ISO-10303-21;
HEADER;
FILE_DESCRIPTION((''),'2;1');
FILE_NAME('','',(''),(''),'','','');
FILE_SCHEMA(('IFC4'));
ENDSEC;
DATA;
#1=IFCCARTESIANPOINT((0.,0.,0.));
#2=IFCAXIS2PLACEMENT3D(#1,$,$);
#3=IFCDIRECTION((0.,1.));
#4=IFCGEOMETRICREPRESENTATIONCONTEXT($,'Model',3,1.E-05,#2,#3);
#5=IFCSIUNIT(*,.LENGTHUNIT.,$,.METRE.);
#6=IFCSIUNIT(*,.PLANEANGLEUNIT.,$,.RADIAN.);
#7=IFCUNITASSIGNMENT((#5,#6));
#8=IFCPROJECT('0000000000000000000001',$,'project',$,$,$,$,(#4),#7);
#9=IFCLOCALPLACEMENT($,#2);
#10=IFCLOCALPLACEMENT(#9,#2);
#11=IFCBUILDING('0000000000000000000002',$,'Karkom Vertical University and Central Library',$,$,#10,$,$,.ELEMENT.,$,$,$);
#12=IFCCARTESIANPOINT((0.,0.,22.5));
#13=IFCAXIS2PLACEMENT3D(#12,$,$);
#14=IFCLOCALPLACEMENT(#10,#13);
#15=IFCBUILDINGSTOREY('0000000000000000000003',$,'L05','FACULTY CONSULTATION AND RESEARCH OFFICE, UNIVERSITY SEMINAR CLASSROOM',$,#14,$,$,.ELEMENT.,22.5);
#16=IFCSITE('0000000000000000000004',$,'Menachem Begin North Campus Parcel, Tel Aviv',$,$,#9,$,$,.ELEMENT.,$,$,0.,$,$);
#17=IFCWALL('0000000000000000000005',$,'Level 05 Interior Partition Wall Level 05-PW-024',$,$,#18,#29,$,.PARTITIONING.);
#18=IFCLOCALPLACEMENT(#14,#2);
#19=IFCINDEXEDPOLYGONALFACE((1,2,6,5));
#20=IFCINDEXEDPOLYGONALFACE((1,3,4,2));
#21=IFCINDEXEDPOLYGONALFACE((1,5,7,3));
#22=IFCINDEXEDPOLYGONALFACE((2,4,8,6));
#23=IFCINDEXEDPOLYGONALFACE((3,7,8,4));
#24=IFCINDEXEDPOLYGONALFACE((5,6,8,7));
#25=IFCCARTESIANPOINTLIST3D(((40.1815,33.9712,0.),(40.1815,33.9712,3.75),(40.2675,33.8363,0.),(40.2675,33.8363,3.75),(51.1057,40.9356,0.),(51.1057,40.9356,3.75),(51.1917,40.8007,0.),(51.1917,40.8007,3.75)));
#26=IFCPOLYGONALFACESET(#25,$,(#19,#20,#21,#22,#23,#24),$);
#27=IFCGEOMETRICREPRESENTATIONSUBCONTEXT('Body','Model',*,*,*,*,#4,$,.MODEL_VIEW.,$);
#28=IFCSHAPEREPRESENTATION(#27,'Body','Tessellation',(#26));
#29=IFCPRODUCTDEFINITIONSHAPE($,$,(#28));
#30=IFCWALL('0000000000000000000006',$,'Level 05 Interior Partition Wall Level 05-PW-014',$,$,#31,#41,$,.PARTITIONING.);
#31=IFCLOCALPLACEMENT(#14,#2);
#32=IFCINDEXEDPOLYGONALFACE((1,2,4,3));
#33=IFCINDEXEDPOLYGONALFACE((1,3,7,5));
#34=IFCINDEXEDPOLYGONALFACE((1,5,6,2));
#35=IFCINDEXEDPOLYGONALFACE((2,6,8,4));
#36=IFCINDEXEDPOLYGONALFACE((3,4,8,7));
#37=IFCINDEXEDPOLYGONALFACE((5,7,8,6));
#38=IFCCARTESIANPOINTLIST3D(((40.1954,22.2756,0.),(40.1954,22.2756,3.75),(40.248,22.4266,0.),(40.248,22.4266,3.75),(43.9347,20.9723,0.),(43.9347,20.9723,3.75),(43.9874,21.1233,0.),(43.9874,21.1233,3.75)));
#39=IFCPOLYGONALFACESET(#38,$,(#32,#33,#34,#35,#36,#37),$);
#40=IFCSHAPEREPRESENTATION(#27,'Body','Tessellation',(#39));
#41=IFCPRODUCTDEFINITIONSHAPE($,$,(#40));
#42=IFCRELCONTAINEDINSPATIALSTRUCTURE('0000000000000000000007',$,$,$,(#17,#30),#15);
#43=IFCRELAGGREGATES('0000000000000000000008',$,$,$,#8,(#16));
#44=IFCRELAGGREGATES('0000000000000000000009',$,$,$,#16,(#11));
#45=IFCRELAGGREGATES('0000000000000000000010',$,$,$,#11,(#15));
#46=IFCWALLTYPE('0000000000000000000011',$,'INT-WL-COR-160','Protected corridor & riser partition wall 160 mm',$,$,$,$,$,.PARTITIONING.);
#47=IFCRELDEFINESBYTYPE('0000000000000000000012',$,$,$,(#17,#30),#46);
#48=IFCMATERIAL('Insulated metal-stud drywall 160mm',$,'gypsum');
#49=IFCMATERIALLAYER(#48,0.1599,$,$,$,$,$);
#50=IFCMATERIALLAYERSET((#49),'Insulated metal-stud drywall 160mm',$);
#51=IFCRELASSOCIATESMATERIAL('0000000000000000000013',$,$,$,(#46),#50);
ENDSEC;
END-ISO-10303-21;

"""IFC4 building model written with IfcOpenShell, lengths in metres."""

from ifc_helpers import new_model, si_unit, direction, frame, frame_2d, origin, place, context, subcontext, project, spatial, rectangle, extrude, material, layer, layer_set, type_object, element, save


model = new_model("IFC4")

# Units and contexts
model_context = context("Model", 3, precision=1e-05, world=origin(), true_north=direction((0.0, 1.0)))
body_context = subcontext(model_context, "Body", "Model", "MODEL_VIEW")
ifc_project = project(units=[si_unit("LENGTHUNIT", "METRE"), si_unit("PLANEANGLEUNIT", "RADIAN")], contexts=[model_context])

# Site, building, storey
site_placement = place(None, origin())
site = spatial("IfcSite", under=ifc_project, at=site_placement, Name="Menachem Begin North Campus Parcel, Tel Aviv", CompositionType="ELEMENT", RefElevation=0.0)
building_placement = place(site_placement, origin())
building = spatial("IfcBuilding", under=site, at=building_placement, Name="Karkom Vertical University and Central Library", CompositionType="ELEMENT")
storey_placement = place(building_placement, frame((0.0, 0.0, 22.5)))
storey = spatial("IfcBuildingStorey", under=building, at=storey_placement, Name="L05", Description="FACULTY CONSULTATION AND RESEARCH OFFICE, UNIVERSITY SEMINAR CLASSROOM", CompositionType="ELEMENT", Elevation=22.5)

# Shared definitions
ifc_material_1 = material(Name="Insulated metal-stud drywall 160mm", Category="gypsum")
ifc_layer_1 = layer(ifc_material_1, 0.1599)
ifc_layer_set_1 = layer_set([ifc_layer_1], Name="Insulated metal-stud drywall 160mm")
wall_type_1 = type_object("IfcWallType", Name="INT-WL-COR-160", Description="Protected corridor & riser partition wall 160 mm", PredefinedType="PARTITIONING", material=ifc_layer_set_1)

# Walls
wall_1_placement = place(storey_placement, frame((40.2246, 33.9038, 0.0), z_axis=(0.0, 0.0, 1.0), x_axis=(0.843218, 0.537572, 0.0)))
element("IfcWall", 1, at=wall_1_placement, inside=storey, type_object=wall_type_1, Name="Level 05 Interior Partition Wall Level 05-PW-024", PredefinedType="PARTITIONING", context=body_context, shape_type="SweptSolid", body=[
    extrude(rectangle(XDim=12.9553, YDim=0.1599, at=frame_2d((6.4775, 0.0))), origin(), (0.0, 0.0, 1.0), 3.75),
])
wall_2_placement = place(storey_placement, frame((40.2217, 22.3511, 0.0), z_axis=(0.0, 0.0, 1.0), x_axis=(0.944292, -0.329109, 0.0)))
element("IfcWall", 2, at=wall_2_placement, inside=storey, type_object=wall_type_1, Name="Level 05 Interior Partition Wall Level 05-PW-014", PredefinedType="PARTITIONING", context=body_context, shape_type="SweptSolid", body=[
    extrude(rectangle(XDim=3.96, YDim=0.1599, at=frame_2d((1.98, 0.0))), origin(), (0.0, 0.0, 1.0), 3.75),
])

save(model, "model.ifc")
